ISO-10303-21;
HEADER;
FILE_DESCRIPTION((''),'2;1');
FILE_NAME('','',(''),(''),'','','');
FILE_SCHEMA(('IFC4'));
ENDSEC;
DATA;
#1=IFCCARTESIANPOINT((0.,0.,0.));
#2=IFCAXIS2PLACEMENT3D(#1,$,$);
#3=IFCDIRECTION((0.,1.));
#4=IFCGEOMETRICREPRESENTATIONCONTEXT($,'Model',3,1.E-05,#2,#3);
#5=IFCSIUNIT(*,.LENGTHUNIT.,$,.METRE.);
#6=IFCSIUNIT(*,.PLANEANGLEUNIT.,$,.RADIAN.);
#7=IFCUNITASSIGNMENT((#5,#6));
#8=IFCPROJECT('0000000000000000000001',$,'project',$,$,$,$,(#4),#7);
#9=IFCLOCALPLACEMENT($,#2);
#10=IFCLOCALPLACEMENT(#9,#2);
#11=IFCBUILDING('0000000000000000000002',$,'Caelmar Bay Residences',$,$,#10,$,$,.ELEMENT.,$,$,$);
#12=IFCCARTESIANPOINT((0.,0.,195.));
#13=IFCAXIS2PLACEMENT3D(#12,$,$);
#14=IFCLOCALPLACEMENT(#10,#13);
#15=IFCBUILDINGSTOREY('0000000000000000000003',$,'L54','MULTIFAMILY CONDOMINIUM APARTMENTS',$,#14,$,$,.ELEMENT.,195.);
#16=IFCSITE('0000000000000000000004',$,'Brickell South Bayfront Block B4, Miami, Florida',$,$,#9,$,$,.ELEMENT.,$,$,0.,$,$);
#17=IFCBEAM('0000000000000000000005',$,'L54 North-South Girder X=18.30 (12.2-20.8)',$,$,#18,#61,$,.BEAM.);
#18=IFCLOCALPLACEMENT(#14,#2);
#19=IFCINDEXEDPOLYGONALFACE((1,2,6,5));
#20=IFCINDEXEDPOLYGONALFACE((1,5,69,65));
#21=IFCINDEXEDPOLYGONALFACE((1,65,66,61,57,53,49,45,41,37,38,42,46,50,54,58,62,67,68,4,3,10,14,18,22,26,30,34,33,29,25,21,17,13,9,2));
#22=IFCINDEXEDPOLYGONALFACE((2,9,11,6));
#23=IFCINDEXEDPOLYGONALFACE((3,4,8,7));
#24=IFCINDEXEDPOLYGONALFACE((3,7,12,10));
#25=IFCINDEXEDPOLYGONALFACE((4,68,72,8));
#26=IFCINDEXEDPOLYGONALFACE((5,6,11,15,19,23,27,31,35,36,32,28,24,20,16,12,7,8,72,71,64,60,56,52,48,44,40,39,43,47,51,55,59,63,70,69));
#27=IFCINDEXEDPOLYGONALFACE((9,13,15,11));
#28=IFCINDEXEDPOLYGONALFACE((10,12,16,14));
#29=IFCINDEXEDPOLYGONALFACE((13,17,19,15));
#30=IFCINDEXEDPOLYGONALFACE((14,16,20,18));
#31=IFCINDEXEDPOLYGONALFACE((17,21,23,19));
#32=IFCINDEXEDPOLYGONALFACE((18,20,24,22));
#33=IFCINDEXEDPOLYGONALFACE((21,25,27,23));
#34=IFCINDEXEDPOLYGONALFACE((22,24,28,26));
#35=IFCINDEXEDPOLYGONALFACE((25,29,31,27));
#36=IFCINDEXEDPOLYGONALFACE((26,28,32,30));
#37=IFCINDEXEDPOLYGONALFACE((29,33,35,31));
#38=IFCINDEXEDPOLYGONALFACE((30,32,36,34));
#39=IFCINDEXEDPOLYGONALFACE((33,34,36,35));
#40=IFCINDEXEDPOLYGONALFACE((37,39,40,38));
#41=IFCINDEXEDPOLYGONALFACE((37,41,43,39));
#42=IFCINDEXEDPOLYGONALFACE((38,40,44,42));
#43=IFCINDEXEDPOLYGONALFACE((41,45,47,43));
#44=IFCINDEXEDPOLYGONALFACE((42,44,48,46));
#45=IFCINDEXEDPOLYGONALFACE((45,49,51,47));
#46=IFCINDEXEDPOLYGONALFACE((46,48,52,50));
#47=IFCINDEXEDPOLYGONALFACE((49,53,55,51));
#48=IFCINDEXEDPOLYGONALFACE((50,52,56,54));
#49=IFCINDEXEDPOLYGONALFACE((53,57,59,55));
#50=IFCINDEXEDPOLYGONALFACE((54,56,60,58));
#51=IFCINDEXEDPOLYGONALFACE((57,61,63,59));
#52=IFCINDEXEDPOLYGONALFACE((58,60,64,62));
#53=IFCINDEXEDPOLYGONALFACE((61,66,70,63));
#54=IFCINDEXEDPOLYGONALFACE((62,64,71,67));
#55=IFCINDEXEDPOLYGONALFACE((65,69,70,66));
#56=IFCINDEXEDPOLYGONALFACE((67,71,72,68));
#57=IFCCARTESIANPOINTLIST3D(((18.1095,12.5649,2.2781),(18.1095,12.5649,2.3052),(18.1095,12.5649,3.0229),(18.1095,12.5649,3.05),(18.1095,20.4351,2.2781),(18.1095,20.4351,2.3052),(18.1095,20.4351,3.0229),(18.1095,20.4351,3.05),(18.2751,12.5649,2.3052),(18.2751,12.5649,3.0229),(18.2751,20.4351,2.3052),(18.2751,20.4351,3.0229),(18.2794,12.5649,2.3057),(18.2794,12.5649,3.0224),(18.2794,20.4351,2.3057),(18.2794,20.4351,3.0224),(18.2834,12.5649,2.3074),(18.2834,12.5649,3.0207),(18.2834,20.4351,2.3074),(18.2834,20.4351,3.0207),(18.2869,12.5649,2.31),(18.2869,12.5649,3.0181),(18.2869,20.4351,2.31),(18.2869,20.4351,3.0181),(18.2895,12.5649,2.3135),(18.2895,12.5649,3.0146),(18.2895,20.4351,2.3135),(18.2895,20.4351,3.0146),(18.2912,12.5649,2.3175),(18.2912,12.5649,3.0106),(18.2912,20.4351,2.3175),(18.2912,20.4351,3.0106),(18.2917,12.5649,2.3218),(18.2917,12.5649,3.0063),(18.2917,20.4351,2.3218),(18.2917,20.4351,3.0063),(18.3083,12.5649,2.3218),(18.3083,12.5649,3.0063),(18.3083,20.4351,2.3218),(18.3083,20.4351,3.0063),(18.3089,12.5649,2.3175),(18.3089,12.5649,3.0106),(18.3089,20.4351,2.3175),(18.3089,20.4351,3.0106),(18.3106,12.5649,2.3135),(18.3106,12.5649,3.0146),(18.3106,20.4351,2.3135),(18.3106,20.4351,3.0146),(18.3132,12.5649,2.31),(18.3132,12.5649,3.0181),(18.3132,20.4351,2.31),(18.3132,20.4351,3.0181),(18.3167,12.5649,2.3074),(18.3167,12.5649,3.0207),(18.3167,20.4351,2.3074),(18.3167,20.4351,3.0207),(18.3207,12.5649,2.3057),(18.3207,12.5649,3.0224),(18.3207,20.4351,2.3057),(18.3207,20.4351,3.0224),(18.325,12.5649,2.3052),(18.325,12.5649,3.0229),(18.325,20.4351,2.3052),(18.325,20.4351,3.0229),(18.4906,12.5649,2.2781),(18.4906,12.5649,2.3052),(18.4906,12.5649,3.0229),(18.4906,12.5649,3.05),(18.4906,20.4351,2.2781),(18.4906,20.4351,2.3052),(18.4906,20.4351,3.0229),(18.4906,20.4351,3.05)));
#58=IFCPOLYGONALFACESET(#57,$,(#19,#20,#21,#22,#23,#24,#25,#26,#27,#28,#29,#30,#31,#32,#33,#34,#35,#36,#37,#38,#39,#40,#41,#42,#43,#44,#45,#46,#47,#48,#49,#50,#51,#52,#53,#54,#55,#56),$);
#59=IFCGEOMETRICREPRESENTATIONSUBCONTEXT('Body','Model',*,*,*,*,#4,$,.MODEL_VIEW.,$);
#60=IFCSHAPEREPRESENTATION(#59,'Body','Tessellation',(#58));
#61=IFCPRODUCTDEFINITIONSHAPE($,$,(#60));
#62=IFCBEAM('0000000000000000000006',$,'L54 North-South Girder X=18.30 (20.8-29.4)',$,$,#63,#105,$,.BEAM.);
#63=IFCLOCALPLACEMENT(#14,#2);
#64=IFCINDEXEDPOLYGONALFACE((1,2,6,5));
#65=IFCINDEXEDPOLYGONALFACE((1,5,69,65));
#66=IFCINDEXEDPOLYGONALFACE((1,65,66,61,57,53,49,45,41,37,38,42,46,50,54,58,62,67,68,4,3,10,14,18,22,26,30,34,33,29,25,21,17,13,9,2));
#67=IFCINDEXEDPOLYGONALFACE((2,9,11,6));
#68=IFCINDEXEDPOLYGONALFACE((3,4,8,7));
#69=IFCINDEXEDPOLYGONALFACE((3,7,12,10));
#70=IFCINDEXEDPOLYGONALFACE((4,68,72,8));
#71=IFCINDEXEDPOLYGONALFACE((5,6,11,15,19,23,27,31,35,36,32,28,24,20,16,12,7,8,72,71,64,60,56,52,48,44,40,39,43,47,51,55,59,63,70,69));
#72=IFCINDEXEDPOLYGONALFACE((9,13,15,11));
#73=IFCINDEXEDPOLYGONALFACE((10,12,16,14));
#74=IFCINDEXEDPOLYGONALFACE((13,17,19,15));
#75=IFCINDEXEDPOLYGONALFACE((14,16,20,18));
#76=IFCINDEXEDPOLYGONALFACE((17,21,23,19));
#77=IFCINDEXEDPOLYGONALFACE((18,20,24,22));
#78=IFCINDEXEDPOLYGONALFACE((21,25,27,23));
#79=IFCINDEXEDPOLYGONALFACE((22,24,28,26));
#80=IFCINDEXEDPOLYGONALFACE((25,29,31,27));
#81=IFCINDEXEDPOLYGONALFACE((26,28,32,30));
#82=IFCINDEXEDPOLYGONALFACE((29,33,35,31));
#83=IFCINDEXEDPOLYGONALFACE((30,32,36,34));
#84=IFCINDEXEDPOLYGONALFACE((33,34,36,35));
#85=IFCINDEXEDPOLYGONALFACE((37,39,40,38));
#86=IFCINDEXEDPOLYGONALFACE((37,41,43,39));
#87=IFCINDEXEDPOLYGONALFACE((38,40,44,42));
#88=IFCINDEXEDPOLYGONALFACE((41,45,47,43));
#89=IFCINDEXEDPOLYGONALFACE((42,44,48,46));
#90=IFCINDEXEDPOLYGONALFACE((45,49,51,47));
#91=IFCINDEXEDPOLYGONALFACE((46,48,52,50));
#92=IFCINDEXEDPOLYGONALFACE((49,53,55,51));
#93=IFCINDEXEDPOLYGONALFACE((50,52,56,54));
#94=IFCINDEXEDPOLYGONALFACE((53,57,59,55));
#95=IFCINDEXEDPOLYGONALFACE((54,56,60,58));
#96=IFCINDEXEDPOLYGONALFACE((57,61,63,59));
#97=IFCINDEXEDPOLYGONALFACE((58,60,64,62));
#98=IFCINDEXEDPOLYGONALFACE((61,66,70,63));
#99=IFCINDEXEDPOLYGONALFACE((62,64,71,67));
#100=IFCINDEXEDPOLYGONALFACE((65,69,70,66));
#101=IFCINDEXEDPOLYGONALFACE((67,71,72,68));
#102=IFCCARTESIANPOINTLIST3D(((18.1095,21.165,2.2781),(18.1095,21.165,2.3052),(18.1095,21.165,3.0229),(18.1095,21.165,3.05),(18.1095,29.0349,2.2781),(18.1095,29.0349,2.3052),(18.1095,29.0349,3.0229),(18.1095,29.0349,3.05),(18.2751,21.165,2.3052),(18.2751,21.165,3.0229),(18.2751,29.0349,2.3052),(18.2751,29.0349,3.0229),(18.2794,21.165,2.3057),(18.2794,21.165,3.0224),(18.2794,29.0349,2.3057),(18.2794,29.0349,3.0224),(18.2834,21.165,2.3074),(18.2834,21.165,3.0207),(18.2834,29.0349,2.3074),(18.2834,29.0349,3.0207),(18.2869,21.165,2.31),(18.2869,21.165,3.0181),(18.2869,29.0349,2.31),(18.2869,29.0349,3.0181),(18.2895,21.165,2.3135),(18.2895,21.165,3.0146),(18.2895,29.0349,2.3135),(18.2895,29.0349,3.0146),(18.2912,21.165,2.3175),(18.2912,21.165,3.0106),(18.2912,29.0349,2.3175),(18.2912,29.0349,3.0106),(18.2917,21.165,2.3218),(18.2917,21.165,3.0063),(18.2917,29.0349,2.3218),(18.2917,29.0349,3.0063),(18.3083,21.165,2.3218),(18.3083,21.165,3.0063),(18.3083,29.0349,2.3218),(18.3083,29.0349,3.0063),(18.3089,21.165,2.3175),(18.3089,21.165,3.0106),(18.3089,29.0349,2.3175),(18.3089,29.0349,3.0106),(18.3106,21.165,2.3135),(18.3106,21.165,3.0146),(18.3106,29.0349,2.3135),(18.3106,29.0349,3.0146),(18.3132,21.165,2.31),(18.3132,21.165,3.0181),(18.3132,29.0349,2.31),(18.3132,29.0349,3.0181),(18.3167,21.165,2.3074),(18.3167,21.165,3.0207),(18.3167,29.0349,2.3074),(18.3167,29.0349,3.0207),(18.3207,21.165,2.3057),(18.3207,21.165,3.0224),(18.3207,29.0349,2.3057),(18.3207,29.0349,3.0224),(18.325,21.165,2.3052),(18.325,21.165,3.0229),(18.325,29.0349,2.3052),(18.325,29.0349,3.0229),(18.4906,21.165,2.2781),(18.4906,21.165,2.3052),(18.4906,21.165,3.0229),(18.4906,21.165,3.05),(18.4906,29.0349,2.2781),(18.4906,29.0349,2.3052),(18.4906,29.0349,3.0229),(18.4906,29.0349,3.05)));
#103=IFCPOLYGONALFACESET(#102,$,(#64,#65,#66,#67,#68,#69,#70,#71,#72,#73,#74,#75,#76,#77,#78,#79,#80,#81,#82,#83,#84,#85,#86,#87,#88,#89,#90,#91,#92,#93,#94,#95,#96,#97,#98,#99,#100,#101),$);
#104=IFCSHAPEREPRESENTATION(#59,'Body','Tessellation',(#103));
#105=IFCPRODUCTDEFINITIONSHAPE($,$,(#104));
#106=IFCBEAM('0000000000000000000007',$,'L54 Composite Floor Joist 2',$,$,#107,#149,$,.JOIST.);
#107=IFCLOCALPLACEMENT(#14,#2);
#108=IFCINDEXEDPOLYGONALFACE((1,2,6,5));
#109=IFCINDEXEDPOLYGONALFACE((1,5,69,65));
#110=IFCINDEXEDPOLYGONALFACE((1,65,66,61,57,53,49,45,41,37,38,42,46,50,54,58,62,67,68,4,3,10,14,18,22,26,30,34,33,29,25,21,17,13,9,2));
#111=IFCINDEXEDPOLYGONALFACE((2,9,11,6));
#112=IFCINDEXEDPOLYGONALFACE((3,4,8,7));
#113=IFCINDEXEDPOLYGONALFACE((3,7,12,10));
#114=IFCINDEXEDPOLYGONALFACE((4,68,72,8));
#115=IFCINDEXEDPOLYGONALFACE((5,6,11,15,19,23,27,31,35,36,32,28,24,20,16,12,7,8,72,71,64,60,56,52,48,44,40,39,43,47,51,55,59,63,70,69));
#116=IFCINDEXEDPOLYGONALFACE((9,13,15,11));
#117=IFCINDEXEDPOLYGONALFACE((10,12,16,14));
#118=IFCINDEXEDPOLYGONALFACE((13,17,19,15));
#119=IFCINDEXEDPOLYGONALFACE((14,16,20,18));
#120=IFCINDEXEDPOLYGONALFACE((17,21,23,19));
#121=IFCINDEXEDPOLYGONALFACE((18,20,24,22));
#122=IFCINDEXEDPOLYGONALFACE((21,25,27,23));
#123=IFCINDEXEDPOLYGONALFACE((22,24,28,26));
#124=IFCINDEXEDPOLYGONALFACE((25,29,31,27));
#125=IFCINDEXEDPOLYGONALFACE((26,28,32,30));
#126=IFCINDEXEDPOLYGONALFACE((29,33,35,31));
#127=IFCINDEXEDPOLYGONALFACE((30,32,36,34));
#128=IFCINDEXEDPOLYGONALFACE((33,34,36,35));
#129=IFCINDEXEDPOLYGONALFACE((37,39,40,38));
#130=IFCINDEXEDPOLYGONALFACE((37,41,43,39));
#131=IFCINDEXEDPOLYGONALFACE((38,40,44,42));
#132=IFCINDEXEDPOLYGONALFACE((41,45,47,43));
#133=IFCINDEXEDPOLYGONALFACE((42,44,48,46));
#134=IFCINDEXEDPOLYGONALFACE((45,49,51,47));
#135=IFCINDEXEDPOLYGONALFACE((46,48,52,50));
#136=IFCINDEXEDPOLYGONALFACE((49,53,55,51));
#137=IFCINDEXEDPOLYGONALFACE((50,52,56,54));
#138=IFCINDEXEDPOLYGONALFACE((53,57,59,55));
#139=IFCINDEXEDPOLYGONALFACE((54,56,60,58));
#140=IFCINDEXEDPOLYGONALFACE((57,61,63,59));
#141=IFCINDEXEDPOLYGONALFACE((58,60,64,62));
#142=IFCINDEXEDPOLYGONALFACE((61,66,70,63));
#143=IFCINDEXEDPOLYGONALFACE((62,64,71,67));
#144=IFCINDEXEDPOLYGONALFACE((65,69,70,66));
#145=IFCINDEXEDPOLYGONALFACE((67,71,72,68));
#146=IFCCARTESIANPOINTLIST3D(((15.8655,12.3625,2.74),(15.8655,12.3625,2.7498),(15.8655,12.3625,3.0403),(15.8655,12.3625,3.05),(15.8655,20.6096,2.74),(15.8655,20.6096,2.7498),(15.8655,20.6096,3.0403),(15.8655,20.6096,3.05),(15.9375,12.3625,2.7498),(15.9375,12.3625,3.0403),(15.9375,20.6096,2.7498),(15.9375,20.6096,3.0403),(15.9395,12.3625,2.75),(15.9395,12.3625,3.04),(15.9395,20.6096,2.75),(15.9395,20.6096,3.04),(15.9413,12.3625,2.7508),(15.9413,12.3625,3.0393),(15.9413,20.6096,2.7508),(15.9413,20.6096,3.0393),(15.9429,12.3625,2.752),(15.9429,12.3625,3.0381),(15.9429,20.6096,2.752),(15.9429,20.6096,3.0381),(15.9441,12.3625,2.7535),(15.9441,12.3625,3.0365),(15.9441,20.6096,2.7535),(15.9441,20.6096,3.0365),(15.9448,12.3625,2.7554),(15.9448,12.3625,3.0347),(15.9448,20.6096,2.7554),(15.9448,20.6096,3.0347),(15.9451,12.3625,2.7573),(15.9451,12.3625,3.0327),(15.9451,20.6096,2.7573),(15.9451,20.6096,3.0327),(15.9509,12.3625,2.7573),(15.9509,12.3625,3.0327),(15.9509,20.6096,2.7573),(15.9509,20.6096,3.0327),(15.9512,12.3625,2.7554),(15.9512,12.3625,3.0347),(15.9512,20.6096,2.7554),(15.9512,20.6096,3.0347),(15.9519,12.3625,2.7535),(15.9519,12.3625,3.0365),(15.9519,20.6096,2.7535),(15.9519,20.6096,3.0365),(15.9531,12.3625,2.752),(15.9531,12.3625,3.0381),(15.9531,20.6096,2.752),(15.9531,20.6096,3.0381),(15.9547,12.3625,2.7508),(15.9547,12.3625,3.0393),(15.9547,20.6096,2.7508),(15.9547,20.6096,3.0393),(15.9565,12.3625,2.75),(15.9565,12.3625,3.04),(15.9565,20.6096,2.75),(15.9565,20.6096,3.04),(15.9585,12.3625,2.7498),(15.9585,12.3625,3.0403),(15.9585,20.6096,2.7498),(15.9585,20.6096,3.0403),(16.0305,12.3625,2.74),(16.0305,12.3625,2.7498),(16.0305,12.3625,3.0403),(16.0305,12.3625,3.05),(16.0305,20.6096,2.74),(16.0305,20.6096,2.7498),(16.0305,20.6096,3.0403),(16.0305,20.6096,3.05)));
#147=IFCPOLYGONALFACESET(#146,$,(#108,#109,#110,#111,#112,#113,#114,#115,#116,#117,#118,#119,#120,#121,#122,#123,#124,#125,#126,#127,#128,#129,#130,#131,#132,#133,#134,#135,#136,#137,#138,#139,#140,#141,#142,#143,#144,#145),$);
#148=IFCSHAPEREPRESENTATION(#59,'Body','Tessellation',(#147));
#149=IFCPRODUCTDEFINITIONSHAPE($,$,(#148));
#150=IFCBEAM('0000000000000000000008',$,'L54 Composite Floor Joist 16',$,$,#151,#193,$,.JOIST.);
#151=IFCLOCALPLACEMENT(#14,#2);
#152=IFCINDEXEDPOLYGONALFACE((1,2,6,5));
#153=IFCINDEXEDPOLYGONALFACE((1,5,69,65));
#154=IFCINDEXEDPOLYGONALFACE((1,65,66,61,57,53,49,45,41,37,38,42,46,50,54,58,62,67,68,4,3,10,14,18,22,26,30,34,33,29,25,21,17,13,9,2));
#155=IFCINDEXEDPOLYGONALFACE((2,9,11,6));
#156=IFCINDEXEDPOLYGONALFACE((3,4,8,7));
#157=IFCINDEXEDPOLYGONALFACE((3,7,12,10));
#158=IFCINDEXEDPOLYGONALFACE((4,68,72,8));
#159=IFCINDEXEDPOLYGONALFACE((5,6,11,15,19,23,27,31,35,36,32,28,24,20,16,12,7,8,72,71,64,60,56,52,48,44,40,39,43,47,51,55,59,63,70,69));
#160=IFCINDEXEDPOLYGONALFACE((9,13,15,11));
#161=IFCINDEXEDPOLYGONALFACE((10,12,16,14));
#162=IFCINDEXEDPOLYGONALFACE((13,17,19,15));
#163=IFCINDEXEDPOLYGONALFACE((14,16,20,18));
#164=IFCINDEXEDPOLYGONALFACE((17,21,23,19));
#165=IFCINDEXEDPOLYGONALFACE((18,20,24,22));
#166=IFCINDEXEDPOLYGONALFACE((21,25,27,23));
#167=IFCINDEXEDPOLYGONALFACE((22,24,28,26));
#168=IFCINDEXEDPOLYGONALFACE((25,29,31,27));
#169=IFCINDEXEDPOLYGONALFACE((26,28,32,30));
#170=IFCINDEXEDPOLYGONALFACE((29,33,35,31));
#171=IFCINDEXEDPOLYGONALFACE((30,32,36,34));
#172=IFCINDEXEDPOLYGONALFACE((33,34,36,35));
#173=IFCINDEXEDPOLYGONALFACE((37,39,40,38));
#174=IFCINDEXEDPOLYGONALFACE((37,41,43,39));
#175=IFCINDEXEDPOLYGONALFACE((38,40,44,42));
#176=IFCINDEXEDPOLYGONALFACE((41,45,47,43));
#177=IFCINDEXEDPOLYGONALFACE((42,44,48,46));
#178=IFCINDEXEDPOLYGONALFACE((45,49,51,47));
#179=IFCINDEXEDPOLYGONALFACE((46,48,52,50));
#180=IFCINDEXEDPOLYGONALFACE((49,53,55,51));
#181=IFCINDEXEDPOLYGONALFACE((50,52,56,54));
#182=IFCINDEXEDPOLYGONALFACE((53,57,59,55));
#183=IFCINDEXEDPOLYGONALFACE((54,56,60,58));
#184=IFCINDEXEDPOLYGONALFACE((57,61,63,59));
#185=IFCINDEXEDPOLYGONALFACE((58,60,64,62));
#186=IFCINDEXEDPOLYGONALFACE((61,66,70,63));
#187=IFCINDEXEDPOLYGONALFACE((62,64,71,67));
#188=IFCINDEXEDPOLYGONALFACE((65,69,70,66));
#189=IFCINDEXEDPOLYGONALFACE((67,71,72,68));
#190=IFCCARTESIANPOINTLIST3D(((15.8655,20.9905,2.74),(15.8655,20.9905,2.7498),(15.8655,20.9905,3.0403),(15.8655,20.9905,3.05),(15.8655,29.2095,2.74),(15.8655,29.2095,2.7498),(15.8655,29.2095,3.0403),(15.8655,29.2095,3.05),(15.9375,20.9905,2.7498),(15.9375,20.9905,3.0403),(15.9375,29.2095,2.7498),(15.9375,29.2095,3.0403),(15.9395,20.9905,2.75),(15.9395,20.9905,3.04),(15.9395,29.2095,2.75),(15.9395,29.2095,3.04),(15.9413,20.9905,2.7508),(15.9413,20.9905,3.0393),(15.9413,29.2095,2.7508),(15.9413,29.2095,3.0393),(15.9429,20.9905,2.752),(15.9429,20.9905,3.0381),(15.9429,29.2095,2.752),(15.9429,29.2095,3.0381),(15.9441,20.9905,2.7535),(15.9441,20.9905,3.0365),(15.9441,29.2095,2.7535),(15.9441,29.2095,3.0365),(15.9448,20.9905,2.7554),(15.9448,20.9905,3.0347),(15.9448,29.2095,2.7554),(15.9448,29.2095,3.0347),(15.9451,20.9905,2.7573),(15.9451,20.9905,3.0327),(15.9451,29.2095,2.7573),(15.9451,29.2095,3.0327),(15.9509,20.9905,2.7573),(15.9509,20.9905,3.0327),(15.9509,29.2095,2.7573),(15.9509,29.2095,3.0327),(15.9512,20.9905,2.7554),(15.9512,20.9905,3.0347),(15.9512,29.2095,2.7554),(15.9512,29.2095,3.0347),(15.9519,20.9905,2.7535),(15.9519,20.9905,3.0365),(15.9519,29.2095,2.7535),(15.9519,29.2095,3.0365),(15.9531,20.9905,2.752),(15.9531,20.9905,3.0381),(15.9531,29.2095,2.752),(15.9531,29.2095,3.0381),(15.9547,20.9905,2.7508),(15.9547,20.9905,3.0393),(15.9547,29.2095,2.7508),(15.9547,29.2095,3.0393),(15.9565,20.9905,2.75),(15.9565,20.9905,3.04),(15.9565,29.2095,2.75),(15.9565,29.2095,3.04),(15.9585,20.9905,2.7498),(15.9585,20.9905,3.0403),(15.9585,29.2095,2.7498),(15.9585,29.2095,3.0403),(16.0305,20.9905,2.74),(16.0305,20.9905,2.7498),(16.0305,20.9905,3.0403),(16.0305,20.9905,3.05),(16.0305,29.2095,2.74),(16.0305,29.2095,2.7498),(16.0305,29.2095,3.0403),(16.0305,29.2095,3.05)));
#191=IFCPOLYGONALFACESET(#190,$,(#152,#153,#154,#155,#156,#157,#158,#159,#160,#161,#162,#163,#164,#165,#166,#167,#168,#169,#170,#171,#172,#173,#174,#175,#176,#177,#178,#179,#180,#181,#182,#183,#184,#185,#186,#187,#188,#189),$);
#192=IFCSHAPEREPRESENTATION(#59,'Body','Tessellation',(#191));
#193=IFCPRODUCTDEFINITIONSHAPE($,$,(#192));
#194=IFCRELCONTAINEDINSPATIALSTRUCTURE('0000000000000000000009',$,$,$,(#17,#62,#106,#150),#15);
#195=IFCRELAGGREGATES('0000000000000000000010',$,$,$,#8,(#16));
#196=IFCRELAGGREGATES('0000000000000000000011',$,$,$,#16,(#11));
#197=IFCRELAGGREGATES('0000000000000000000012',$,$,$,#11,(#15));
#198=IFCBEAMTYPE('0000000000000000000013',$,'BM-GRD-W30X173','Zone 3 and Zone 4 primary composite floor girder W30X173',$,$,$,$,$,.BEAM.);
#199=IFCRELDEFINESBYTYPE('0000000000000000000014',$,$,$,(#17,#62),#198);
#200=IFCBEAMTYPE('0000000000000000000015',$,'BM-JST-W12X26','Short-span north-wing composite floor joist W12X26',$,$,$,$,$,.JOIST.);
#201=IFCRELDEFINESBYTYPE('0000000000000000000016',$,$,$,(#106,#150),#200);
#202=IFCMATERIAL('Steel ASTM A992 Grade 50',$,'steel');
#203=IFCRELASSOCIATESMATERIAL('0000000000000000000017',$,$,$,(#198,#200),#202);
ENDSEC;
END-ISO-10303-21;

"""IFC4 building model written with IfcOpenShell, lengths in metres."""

from ifc_helpers import new_model, si_unit, direction, frame, origin, origin_2d, place, context, subcontext, project, spatial, i_section, extrude, material, material_profile, profile_set, type_object, element, save


model = new_model("IFC4")

# Units and contexts
model_context = context("Model", 3, precision=1e-05, world=origin(), true_north=direction((0.0, 1.0)))
body_context = subcontext(model_context, "Body", "Model", "MODEL_VIEW")
ifc_project = project(units=[si_unit("LENGTHUNIT", "METRE"), si_unit("PLANEANGLEUNIT", "RADIAN")], contexts=[model_context])

# Site, building, storey
site_placement = place(None, origin())
site = spatial("IfcSite", under=ifc_project, at=site_placement, Name="Brickell South Bayfront Block B4, Miami, Florida", CompositionType="ELEMENT", RefElevation=0.0)
building_placement = place(site_placement, origin())
building = spatial("IfcBuilding", under=site, at=building_placement, Name="Caelmar Bay Residences", CompositionType="ELEMENT")
storey_placement = place(building_placement, frame((0.0, 0.0, 195.0)))
storey = spatial("IfcBuildingStorey", under=building, at=storey_placement, Name="L54", Description="MULTIFAMILY CONDOMINIUM APARTMENTS", CompositionType="ELEMENT", Elevation=195.0)

# Beams
ifc_material_1 = material(Name="Steel ASTM A992 Grade 50", Category="steel")
ifc_material_profile_1 = material_profile(ifc_material_1, i_section(OverallWidth=0.3811, OverallDepth=0.772, WebThickness=0.0166, FlangeThickness=0.0271, FilletRadius=0.0166, at=origin_2d()), Name="W30X173")
ifc_profile_set_1 = profile_set([ifc_material_profile_1], Name="Steel ASTM A992 Grade 50")
beam_type_1 = type_object("IfcBeamType", Name="BM-GRD-W30X173", Description="Zone 3 and Zone 4 primary composite floor girder W30X173", PredefinedType="BEAM", material=ifc_profile_set_1)
beam_1_placement = place(storey_placement, frame((18.3, 12.5649, 2.6641), z_axis=(0.0, 1.0, 0.0), x_axis=(-1.0, 0.0, 0.0)))
element("IfcBeam", 1, at=beam_1_placement, inside=storey, type_object=beam_type_1, Name="L54 North-South Girder X=18.30 (12.2-20.8)", PredefinedType="BEAM", context=body_context, shape_type="SweptSolid", body=[
    extrude(i_section(OverallWidth=0.3811, OverallDepth=0.772, WebThickness=0.0166, FlangeThickness=0.0271, FilletRadius=0.0166, at=origin_2d()), origin(), (0.0, 0.0, 1.0), 7.8701),
])
beam_2_placement = place(storey_placement, frame((18.3, 21.165, 2.6641), z_axis=(0.0, 1.0, 0.0), x_axis=(-1.0, 0.0, 0.0)))
element("IfcBeam", 2, at=beam_2_placement, inside=storey, type_object=beam_type_1, Name="L54 North-South Girder X=18.30 (20.8-29.4)", PredefinedType="BEAM", context=body_context, shape_type="SweptSolid", body=[
    extrude(i_section(OverallWidth=0.3811, OverallDepth=0.772, WebThickness=0.0166, FlangeThickness=0.0271, FilletRadius=0.0166, at=origin_2d()), origin(), (0.0, 0.0, 1.0), 7.8699),
])
ifc_material_profile_2 = material_profile(ifc_material_1, i_section(OverallWidth=0.165, OverallDepth=0.3101, WebThickness=0.0059, FlangeThickness=0.0098, FilletRadius=0.0076, at=origin_2d()), Name="W12X26")
ifc_profile_set_2 = profile_set([ifc_material_profile_2], Name="Steel ASTM A992 Grade 50")
beam_type_2 = type_object("IfcBeamType", Name="BM-JST-W12X26", Description="Short-span north-wing composite floor joist W12X26", PredefinedType="JOIST", material=ifc_profile_set_2)
beam_3_placement = place(storey_placement, frame((15.948, 12.3625, 2.895), z_axis=(0.0, 1.0, 0.0), x_axis=(-1.0, 0.0, 0.0)))
element("IfcBeam", 3, at=beam_3_placement, inside=storey, type_object=beam_type_2, Name="L54 Composite Floor Joist 2", PredefinedType="JOIST", context=body_context, shape_type="SweptSolid", body=[
    extrude(i_section(OverallWidth=0.165, OverallDepth=0.3101, WebThickness=0.0059, FlangeThickness=0.0098, FilletRadius=0.0076, at=origin_2d()), origin(), (0.0, 0.0, 1.0), 8.2471),
])
beam_4_placement = place(storey_placement, frame((15.948, 20.9905, 2.895), z_axis=(0.0, 1.0, 0.0), x_axis=(-1.0, 0.0, 0.0)))
element("IfcBeam", 4, at=beam_4_placement, inside=storey, type_object=beam_type_2, Name="L54 Composite Floor Joist 16", PredefinedType="JOIST", context=body_context, shape_type="SweptSolid", body=[
    extrude(i_section(OverallWidth=0.165, OverallDepth=0.3101, WebThickness=0.0059, FlangeThickness=0.0098, FilletRadius=0.0076, at=origin_2d()), origin(), (0.0, 0.0, 1.0), 8.219),
])

save(model, "model.ifc")
